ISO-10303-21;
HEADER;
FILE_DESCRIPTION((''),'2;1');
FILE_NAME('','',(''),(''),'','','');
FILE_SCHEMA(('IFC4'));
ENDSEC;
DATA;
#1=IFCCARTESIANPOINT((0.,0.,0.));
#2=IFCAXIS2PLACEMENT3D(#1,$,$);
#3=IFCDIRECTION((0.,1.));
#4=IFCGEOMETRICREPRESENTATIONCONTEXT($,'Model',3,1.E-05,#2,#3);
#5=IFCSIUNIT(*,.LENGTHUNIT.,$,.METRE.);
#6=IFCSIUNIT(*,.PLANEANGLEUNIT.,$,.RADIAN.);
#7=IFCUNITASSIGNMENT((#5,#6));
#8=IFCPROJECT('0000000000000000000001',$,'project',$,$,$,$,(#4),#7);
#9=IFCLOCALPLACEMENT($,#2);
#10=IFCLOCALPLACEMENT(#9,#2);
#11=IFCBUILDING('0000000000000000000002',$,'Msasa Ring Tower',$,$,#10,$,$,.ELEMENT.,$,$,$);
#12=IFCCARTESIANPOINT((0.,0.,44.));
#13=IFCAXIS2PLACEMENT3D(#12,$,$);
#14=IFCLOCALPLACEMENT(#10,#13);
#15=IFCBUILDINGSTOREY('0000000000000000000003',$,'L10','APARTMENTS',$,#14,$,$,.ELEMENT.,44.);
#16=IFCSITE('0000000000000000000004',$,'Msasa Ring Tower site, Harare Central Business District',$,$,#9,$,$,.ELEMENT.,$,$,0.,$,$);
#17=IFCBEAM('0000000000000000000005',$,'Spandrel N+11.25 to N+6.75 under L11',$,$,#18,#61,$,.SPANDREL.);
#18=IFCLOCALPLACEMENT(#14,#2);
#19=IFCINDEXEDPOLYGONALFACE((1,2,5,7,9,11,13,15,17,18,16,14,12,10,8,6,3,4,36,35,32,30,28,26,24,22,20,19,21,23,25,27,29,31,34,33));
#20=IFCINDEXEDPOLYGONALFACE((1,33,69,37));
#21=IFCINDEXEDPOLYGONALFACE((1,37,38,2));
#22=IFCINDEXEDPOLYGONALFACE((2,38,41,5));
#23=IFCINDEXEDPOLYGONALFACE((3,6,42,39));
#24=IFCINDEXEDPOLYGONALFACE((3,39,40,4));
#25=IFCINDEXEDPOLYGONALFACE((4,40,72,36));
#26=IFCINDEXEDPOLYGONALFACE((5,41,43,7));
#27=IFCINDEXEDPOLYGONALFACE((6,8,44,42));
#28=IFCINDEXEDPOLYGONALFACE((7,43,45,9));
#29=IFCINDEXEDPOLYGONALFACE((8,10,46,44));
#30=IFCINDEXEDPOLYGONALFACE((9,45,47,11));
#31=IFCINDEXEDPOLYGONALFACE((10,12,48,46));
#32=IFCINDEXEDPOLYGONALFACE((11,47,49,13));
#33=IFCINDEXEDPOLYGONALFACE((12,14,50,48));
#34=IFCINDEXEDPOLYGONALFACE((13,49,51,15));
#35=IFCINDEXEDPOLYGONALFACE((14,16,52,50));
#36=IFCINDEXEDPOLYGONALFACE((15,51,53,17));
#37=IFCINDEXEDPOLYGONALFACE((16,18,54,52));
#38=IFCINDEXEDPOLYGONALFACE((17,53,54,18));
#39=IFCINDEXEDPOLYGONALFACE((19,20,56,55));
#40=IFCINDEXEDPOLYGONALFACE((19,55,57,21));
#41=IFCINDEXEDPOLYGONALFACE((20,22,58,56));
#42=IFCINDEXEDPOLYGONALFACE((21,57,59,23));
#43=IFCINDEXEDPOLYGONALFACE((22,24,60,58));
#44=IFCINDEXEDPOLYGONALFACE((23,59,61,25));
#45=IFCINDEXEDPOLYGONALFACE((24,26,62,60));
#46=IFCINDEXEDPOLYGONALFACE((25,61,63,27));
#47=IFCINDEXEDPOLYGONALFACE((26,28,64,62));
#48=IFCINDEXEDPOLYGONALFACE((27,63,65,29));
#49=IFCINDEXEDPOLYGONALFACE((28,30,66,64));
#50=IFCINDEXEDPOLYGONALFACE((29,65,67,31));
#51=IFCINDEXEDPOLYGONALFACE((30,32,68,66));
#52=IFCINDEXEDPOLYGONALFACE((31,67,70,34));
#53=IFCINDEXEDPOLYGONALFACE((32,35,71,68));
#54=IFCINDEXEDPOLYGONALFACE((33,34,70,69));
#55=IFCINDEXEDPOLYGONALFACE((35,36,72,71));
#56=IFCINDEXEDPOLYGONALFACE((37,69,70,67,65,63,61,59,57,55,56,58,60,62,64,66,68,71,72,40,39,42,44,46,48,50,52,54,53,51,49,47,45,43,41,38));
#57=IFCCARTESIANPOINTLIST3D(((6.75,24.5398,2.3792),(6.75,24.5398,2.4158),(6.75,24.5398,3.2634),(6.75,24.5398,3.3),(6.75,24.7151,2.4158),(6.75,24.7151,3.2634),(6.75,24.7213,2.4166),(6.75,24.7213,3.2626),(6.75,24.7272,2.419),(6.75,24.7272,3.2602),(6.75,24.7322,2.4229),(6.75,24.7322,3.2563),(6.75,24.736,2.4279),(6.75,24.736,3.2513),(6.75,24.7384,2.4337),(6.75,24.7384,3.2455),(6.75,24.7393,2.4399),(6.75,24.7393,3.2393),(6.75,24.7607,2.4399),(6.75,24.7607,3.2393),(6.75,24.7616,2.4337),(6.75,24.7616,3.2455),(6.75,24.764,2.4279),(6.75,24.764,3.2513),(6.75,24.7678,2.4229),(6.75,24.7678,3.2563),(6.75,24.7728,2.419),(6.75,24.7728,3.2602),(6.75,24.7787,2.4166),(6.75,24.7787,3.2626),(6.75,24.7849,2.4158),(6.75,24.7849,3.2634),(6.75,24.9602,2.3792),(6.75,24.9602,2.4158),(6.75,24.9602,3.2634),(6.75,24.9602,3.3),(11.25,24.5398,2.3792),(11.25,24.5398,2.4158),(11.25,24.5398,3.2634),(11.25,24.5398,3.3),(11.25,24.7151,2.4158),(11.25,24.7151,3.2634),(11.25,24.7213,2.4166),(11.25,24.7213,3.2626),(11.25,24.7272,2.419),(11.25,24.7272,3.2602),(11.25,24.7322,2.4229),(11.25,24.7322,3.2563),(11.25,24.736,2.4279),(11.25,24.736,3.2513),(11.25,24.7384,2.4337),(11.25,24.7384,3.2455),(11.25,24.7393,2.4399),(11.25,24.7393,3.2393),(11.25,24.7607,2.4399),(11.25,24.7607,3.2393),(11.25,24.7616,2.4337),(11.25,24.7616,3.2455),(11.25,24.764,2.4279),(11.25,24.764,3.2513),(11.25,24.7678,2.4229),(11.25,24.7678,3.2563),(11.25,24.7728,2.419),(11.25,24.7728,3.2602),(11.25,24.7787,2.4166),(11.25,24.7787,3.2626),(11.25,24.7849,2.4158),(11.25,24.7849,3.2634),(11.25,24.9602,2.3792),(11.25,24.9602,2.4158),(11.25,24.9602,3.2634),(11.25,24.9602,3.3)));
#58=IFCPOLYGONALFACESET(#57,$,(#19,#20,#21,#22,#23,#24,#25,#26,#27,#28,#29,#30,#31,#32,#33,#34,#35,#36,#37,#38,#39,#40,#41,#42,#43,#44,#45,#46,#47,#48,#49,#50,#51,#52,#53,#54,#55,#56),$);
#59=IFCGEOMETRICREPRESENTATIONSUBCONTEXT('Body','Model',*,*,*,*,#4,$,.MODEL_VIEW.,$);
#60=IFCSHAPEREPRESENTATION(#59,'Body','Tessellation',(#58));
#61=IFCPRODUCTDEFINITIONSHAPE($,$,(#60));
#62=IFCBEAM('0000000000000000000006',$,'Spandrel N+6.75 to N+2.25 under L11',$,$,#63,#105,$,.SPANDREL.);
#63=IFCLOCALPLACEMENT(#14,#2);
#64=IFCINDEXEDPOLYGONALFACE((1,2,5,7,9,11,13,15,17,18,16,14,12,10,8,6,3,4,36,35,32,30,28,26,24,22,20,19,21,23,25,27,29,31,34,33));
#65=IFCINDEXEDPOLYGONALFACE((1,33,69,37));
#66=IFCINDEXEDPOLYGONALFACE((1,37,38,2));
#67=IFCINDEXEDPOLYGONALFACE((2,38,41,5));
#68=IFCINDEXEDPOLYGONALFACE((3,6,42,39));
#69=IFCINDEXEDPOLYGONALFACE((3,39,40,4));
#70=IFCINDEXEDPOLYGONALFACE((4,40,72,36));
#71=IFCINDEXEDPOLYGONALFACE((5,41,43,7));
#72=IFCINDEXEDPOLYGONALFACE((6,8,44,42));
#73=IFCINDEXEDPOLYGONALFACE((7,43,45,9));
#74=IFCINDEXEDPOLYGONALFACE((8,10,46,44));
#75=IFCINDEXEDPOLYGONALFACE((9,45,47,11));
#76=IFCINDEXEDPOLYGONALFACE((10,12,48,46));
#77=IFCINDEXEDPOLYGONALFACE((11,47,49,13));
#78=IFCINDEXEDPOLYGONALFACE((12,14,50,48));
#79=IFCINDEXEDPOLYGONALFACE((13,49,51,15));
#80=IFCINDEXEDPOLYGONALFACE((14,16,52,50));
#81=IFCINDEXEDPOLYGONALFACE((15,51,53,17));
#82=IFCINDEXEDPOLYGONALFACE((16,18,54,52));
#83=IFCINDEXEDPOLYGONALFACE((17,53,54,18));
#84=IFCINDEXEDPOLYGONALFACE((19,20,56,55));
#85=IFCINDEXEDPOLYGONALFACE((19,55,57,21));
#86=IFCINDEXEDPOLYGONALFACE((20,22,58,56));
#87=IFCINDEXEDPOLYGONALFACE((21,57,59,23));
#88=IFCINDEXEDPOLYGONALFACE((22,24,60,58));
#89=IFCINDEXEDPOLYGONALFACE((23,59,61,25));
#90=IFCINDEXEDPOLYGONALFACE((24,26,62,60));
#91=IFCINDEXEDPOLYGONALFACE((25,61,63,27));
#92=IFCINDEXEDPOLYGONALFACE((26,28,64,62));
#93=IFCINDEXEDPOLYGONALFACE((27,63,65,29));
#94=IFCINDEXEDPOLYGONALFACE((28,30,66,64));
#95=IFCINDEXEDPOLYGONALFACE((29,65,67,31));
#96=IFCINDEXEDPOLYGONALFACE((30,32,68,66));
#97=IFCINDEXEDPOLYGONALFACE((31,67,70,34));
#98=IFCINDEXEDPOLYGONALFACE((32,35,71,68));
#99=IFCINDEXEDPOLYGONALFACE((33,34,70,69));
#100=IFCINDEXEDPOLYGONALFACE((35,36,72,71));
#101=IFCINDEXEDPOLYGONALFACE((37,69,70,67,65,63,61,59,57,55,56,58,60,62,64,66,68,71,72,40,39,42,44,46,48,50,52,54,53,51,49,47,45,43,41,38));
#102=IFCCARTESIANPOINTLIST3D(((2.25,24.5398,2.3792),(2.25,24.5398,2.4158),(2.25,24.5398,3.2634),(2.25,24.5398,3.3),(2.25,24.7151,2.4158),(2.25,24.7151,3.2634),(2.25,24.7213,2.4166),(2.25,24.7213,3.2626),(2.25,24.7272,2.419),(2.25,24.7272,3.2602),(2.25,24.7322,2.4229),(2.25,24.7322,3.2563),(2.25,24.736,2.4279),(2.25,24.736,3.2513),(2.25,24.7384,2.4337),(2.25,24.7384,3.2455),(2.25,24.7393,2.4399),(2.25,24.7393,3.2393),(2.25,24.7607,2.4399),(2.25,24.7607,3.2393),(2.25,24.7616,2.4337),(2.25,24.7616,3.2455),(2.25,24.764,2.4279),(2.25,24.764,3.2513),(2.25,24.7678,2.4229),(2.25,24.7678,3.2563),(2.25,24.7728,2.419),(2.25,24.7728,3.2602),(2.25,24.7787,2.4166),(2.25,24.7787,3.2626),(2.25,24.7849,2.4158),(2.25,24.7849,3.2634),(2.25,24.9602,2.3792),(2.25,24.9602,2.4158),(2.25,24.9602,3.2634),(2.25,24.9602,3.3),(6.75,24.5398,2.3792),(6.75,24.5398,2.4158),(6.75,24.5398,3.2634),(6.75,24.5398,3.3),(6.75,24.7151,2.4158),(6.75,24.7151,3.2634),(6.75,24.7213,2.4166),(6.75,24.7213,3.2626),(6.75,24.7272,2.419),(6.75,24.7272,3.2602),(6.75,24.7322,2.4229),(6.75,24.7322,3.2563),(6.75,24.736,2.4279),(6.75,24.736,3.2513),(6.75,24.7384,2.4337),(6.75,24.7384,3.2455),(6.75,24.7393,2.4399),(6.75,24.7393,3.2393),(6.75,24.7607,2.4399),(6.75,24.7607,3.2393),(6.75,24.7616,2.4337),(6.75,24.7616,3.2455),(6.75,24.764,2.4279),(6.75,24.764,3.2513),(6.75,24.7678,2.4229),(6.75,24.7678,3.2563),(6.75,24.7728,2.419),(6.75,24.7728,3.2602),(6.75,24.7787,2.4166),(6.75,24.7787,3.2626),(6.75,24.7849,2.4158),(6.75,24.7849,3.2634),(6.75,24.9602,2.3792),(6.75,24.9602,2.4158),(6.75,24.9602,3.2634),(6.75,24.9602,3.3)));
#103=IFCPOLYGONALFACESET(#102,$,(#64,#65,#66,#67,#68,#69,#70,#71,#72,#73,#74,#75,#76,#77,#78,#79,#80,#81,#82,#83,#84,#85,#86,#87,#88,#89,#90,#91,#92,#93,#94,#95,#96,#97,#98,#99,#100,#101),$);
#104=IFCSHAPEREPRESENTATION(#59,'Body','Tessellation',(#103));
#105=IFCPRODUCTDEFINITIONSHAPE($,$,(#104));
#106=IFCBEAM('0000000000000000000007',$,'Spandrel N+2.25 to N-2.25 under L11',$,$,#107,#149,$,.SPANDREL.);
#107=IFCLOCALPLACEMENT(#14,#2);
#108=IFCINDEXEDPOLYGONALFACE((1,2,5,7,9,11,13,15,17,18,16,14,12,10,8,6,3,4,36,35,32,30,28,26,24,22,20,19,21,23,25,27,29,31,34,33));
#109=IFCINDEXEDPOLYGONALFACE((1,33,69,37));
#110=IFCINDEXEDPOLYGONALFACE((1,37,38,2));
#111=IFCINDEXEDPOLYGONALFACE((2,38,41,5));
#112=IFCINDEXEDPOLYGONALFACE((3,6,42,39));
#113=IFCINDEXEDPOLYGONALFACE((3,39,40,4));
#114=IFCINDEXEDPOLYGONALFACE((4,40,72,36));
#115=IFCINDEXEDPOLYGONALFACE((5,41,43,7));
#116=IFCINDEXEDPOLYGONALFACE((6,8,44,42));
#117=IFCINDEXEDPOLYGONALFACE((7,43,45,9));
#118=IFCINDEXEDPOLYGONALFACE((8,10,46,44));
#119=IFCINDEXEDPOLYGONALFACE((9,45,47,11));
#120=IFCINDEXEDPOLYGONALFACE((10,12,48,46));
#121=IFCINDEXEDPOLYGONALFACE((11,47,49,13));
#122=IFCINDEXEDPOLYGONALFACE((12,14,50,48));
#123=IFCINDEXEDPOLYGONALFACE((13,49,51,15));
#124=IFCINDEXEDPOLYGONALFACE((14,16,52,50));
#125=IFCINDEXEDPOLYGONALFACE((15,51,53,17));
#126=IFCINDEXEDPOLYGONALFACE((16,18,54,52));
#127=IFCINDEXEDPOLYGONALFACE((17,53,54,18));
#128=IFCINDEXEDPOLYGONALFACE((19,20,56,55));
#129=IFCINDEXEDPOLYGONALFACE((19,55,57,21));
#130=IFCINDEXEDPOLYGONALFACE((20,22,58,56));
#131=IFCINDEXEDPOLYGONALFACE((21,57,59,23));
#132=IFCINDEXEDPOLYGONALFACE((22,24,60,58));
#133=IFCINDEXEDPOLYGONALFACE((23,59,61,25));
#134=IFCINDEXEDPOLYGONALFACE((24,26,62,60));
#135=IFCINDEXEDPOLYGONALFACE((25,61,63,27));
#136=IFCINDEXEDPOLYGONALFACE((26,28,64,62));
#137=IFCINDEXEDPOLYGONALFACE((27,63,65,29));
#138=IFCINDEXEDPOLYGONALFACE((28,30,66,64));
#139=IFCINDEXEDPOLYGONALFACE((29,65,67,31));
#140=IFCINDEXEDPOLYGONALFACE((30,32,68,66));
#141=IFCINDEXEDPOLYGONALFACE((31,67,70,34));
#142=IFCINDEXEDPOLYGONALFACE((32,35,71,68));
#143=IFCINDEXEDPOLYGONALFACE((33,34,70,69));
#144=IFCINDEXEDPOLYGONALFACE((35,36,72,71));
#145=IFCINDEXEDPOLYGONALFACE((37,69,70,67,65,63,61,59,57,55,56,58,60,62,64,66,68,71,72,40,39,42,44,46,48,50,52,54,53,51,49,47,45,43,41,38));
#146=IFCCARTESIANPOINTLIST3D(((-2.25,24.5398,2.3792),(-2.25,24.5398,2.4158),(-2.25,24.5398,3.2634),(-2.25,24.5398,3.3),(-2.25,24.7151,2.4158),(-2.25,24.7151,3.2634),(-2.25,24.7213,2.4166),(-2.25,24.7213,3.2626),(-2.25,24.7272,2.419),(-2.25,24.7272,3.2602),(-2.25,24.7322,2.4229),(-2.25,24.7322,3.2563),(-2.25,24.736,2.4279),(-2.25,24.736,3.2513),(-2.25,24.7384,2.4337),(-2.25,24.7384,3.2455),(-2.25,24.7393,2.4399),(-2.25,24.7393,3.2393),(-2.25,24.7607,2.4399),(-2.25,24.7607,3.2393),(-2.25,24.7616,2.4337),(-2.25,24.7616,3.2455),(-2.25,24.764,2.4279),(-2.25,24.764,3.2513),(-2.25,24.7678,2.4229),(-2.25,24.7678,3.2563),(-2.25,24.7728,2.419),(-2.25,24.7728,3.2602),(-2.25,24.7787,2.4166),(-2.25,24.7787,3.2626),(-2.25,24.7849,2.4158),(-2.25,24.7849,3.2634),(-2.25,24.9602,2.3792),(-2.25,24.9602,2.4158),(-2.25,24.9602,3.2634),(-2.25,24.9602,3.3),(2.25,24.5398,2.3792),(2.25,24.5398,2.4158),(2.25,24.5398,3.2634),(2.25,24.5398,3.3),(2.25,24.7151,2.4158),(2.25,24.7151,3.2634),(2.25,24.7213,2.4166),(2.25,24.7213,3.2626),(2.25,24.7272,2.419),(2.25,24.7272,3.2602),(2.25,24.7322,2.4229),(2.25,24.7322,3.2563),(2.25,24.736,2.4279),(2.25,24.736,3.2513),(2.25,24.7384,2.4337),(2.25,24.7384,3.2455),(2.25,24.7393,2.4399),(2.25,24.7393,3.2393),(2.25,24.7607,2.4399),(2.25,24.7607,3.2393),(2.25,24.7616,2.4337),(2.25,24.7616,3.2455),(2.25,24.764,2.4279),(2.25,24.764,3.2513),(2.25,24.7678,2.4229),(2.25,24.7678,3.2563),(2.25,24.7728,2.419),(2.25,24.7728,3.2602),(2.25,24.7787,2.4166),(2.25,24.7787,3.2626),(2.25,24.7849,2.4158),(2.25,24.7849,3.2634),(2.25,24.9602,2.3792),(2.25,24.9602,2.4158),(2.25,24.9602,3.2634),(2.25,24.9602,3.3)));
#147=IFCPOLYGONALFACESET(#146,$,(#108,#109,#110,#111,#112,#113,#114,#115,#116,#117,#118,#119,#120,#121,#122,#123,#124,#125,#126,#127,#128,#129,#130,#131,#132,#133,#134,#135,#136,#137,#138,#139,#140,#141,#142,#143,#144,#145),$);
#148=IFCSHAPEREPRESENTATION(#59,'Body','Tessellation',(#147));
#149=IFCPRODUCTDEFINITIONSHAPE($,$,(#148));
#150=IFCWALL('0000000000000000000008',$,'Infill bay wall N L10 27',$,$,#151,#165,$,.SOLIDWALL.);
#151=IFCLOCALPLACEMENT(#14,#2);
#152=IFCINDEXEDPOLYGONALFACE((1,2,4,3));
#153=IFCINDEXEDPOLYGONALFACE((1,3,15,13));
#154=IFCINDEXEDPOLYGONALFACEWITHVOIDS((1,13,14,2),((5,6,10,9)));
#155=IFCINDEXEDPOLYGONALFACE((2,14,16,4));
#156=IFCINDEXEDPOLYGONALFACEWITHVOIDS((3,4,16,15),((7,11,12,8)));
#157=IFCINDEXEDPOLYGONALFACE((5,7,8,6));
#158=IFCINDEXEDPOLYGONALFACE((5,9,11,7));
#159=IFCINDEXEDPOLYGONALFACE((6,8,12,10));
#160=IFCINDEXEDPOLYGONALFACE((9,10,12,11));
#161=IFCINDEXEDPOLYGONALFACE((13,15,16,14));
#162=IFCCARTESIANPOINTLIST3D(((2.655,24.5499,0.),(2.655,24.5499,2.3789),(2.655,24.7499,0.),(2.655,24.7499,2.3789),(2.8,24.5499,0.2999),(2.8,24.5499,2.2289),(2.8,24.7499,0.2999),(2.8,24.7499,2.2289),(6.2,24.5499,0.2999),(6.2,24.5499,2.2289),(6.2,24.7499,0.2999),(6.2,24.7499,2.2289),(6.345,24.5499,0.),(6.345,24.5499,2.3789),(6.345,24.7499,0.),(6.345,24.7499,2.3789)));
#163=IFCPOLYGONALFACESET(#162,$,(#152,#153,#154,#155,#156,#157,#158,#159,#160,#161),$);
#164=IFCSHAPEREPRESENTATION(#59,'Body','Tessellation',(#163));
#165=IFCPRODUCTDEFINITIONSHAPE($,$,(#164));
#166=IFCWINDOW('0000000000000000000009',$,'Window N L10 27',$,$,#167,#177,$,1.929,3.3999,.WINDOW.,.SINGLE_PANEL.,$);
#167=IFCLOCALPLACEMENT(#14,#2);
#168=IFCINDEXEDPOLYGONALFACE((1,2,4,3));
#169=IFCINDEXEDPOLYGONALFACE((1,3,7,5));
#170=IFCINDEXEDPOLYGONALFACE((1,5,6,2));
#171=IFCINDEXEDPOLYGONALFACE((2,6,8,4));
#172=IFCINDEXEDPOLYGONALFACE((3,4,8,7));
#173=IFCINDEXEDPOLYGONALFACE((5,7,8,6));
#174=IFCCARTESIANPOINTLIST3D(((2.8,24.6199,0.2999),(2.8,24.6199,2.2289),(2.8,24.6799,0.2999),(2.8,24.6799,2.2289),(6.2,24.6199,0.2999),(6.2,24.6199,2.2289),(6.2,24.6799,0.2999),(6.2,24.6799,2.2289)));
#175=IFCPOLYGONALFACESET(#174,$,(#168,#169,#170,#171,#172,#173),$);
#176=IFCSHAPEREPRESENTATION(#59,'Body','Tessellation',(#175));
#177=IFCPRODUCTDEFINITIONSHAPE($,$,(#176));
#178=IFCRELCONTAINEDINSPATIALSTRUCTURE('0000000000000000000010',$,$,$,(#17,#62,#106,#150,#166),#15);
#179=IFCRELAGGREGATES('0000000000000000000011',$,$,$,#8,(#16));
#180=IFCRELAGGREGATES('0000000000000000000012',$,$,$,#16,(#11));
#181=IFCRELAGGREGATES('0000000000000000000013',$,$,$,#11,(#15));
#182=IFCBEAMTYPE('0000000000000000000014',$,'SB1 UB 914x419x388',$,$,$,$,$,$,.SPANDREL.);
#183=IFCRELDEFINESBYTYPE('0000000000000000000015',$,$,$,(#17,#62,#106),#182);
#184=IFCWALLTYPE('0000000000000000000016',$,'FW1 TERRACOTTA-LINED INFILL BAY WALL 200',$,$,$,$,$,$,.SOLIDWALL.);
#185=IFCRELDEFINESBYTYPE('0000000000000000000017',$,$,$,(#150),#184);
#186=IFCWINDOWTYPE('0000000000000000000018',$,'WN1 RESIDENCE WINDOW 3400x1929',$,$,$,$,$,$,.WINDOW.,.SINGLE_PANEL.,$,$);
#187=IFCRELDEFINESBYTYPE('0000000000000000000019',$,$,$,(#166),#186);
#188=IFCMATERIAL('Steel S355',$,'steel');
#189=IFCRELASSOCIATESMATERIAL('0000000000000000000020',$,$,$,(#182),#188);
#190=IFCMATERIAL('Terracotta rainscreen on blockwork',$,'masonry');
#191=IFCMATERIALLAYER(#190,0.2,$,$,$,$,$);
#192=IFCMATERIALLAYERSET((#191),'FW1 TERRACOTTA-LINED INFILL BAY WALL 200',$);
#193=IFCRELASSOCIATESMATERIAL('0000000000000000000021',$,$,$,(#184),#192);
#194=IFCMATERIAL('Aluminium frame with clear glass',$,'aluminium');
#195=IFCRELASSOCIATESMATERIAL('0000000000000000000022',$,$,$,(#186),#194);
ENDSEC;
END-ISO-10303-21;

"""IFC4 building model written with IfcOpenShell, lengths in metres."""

from ifc_helpers import new_model, si_unit, direction, frame, frame_2d, origin, origin_2d, place, context, subcontext, project, spatial, rectangle, i_section, extrude, material, layer, layer_set, material_profile, profile_set, type_object, element, fill, save


model = new_model("IFC4")

# Units and contexts
model_context = context("Model", 3, precision=1e-05, world=origin(), true_north=direction((0.0, 1.0)))
body_context = subcontext(model_context, "Body", "Model", "MODEL_VIEW")
ifc_project = project(units=[si_unit("LENGTHUNIT", "METRE"), si_unit("PLANEANGLEUNIT", "RADIAN")], contexts=[model_context])

# Site, building, storey
site_placement = place(None, origin())
site = spatial("IfcSite", under=ifc_project, at=site_placement, Name="Msasa Ring Tower site, Harare Central Business District", CompositionType="ELEMENT", RefElevation=0.0)
building_placement = place(site_placement, origin())
building = spatial("IfcBuilding", under=site, at=building_placement, Name="Msasa Ring Tower", CompositionType="ELEMENT")
storey_placement = place(building_placement, frame((0.0, 0.0, 44.0)))
storey = spatial("IfcBuildingStorey", under=building, at=storey_placement, Name="L10", Description="APARTMENTS", CompositionType="ELEMENT", Elevation=44.0)

# Beams
ifc_material_1 = material(Name="Steel S355", Category="steel")
ifc_material_profile_1 = material_profile(ifc_material_1, i_section(OverallWidth=0.4204, OverallDepth=0.9209, WebThickness=0.0215, FlangeThickness=0.0366, FilletRadius=0.0242, at=origin_2d()), Name="UB 914x419x388")
ifc_profile_set_1 = profile_set([ifc_material_profile_1], Name="Steel S355")
beam_type_1 = type_object("IfcBeamType", Name="SB1 UB 914x419x388", PredefinedType="SPANDREL", material=ifc_profile_set_1)
for number, where, z_axis, x_axis, name in (
    (1, (11.25, 24.75, 2.8396), (-1.0, 0.0, 0.0), (0.0, -1.0, 0.0), "Spandrel N+11.25 to N+6.75 under L11"),
    (2, (6.75, 24.75, 2.8396), (-1.0, 0.0, 0.0), (0.0, -1.0, 0.0), "Spandrel N+6.75 to N+2.25 under L11"),
    (3, (2.25, 24.75, 2.8396), (-1.0, 0.0, 0.0), (0.0, -1.0, 0.0), "Spandrel N+2.25 to N-2.25 under L11"),
):
    element("IfcBeam", number, at=place(storey_placement, frame(where, z_axis=z_axis, x_axis=x_axis)), inside=storey, type_object=beam_type_1, Name=name, PredefinedType="SPANDREL", context=body_context, shape_type="SweptSolid", body=[
        extrude(i_section(OverallWidth=0.4204, OverallDepth=0.9209, WebThickness=0.0215, FlangeThickness=0.0366, FilletRadius=0.0242, at=origin_2d()), origin(), (0.0, 0.0, 1.0), 4.5),
    ])

# Wall, opening, window
ifc_material_2 = material(Name="Terracotta rainscreen on blockwork", Category="masonry")
ifc_layer_1 = layer(ifc_material_2, 0.2)
ifc_layer_set_1 = layer_set([ifc_layer_1], Name="FW1 TERRACOTTA-LINED INFILL BAY WALL 200")
wall_type_1 = type_object("IfcWallType", Name="FW1 TERRACOTTA-LINED INFILL BAY WALL 200", PredefinedType="SOLIDWALL", material=ifc_layer_set_1)
wall_1_placement = place(storey_placement, frame((2.655, 24.6499, 0.0), z_axis=(0.0, 0.0, 1.0), x_axis=(1.0, 0.0, 0.0)))
wall_1 = element("IfcWall", 4, at=wall_1_placement, inside=storey, type_object=wall_type_1, Name="Infill bay wall N L10 27", PredefinedType="SOLIDWALL", context=body_context, shape_type="SweptSolid", body=[
    extrude(rectangle(XDim=3.6899, YDim=0.2, at=frame_2d((1.845, 0.0))), origin(), (0.0, 0.0, 1.0), 2.3789),
])
opening_1_placement = place(wall_1_placement, frame((0.145, 0.0, 0.3)))
opening_1 = element("IfcOpeningElement", 5, at=opening_1_placement, cuts=wall_1, PredefinedType="OPENING", context=body_context, shape_type="SweptSolid", body=[
    extrude(rectangle(XDim=3.3999, YDim=1.929, at=frame_2d((1.7, 0.9644))), frame((0.0, 0.1099, 0.0), z_axis=(0.0, -1.0, 0.0), x_axis=(1.0, 0.0, 0.0)), (0.0, 0.0, 1.0), 0.22),
])
ifc_material_3 = material(Name="Aluminium frame with clear glass", Category="aluminium")
window_type = type_object("IfcWindowType", Name="WN1 RESIDENCE WINDOW 3400x1929", PartitioningType="SINGLE_PANEL", PredefinedType="WINDOW", material=ifc_material_3)
window_1_placement = place(opening_1_placement, origin())
window_1 = element("IfcWindow", 6, at=window_1_placement, inside=storey, type_object=window_type, Name="Window N L10 27", OverallHeight=1.929, OverallWidth=3.3999, PartitioningType="SINGLE_PANEL", PredefinedType="WINDOW", context=body_context, shape_type="SweptSolid", body=[
    extrude(rectangle(XDim=3.3999, YDim=1.929, at=frame_2d((1.7, 0.9644))), frame((0.0, 0.03, 0.0), z_axis=(0.0, -1.0, 0.0), x_axis=(1.0, 0.0, 0.0)), (0.0, 0.0, 1.0), 0.0601),
])
fill(opening_1, window_1)

save(model, "model.ifc")
